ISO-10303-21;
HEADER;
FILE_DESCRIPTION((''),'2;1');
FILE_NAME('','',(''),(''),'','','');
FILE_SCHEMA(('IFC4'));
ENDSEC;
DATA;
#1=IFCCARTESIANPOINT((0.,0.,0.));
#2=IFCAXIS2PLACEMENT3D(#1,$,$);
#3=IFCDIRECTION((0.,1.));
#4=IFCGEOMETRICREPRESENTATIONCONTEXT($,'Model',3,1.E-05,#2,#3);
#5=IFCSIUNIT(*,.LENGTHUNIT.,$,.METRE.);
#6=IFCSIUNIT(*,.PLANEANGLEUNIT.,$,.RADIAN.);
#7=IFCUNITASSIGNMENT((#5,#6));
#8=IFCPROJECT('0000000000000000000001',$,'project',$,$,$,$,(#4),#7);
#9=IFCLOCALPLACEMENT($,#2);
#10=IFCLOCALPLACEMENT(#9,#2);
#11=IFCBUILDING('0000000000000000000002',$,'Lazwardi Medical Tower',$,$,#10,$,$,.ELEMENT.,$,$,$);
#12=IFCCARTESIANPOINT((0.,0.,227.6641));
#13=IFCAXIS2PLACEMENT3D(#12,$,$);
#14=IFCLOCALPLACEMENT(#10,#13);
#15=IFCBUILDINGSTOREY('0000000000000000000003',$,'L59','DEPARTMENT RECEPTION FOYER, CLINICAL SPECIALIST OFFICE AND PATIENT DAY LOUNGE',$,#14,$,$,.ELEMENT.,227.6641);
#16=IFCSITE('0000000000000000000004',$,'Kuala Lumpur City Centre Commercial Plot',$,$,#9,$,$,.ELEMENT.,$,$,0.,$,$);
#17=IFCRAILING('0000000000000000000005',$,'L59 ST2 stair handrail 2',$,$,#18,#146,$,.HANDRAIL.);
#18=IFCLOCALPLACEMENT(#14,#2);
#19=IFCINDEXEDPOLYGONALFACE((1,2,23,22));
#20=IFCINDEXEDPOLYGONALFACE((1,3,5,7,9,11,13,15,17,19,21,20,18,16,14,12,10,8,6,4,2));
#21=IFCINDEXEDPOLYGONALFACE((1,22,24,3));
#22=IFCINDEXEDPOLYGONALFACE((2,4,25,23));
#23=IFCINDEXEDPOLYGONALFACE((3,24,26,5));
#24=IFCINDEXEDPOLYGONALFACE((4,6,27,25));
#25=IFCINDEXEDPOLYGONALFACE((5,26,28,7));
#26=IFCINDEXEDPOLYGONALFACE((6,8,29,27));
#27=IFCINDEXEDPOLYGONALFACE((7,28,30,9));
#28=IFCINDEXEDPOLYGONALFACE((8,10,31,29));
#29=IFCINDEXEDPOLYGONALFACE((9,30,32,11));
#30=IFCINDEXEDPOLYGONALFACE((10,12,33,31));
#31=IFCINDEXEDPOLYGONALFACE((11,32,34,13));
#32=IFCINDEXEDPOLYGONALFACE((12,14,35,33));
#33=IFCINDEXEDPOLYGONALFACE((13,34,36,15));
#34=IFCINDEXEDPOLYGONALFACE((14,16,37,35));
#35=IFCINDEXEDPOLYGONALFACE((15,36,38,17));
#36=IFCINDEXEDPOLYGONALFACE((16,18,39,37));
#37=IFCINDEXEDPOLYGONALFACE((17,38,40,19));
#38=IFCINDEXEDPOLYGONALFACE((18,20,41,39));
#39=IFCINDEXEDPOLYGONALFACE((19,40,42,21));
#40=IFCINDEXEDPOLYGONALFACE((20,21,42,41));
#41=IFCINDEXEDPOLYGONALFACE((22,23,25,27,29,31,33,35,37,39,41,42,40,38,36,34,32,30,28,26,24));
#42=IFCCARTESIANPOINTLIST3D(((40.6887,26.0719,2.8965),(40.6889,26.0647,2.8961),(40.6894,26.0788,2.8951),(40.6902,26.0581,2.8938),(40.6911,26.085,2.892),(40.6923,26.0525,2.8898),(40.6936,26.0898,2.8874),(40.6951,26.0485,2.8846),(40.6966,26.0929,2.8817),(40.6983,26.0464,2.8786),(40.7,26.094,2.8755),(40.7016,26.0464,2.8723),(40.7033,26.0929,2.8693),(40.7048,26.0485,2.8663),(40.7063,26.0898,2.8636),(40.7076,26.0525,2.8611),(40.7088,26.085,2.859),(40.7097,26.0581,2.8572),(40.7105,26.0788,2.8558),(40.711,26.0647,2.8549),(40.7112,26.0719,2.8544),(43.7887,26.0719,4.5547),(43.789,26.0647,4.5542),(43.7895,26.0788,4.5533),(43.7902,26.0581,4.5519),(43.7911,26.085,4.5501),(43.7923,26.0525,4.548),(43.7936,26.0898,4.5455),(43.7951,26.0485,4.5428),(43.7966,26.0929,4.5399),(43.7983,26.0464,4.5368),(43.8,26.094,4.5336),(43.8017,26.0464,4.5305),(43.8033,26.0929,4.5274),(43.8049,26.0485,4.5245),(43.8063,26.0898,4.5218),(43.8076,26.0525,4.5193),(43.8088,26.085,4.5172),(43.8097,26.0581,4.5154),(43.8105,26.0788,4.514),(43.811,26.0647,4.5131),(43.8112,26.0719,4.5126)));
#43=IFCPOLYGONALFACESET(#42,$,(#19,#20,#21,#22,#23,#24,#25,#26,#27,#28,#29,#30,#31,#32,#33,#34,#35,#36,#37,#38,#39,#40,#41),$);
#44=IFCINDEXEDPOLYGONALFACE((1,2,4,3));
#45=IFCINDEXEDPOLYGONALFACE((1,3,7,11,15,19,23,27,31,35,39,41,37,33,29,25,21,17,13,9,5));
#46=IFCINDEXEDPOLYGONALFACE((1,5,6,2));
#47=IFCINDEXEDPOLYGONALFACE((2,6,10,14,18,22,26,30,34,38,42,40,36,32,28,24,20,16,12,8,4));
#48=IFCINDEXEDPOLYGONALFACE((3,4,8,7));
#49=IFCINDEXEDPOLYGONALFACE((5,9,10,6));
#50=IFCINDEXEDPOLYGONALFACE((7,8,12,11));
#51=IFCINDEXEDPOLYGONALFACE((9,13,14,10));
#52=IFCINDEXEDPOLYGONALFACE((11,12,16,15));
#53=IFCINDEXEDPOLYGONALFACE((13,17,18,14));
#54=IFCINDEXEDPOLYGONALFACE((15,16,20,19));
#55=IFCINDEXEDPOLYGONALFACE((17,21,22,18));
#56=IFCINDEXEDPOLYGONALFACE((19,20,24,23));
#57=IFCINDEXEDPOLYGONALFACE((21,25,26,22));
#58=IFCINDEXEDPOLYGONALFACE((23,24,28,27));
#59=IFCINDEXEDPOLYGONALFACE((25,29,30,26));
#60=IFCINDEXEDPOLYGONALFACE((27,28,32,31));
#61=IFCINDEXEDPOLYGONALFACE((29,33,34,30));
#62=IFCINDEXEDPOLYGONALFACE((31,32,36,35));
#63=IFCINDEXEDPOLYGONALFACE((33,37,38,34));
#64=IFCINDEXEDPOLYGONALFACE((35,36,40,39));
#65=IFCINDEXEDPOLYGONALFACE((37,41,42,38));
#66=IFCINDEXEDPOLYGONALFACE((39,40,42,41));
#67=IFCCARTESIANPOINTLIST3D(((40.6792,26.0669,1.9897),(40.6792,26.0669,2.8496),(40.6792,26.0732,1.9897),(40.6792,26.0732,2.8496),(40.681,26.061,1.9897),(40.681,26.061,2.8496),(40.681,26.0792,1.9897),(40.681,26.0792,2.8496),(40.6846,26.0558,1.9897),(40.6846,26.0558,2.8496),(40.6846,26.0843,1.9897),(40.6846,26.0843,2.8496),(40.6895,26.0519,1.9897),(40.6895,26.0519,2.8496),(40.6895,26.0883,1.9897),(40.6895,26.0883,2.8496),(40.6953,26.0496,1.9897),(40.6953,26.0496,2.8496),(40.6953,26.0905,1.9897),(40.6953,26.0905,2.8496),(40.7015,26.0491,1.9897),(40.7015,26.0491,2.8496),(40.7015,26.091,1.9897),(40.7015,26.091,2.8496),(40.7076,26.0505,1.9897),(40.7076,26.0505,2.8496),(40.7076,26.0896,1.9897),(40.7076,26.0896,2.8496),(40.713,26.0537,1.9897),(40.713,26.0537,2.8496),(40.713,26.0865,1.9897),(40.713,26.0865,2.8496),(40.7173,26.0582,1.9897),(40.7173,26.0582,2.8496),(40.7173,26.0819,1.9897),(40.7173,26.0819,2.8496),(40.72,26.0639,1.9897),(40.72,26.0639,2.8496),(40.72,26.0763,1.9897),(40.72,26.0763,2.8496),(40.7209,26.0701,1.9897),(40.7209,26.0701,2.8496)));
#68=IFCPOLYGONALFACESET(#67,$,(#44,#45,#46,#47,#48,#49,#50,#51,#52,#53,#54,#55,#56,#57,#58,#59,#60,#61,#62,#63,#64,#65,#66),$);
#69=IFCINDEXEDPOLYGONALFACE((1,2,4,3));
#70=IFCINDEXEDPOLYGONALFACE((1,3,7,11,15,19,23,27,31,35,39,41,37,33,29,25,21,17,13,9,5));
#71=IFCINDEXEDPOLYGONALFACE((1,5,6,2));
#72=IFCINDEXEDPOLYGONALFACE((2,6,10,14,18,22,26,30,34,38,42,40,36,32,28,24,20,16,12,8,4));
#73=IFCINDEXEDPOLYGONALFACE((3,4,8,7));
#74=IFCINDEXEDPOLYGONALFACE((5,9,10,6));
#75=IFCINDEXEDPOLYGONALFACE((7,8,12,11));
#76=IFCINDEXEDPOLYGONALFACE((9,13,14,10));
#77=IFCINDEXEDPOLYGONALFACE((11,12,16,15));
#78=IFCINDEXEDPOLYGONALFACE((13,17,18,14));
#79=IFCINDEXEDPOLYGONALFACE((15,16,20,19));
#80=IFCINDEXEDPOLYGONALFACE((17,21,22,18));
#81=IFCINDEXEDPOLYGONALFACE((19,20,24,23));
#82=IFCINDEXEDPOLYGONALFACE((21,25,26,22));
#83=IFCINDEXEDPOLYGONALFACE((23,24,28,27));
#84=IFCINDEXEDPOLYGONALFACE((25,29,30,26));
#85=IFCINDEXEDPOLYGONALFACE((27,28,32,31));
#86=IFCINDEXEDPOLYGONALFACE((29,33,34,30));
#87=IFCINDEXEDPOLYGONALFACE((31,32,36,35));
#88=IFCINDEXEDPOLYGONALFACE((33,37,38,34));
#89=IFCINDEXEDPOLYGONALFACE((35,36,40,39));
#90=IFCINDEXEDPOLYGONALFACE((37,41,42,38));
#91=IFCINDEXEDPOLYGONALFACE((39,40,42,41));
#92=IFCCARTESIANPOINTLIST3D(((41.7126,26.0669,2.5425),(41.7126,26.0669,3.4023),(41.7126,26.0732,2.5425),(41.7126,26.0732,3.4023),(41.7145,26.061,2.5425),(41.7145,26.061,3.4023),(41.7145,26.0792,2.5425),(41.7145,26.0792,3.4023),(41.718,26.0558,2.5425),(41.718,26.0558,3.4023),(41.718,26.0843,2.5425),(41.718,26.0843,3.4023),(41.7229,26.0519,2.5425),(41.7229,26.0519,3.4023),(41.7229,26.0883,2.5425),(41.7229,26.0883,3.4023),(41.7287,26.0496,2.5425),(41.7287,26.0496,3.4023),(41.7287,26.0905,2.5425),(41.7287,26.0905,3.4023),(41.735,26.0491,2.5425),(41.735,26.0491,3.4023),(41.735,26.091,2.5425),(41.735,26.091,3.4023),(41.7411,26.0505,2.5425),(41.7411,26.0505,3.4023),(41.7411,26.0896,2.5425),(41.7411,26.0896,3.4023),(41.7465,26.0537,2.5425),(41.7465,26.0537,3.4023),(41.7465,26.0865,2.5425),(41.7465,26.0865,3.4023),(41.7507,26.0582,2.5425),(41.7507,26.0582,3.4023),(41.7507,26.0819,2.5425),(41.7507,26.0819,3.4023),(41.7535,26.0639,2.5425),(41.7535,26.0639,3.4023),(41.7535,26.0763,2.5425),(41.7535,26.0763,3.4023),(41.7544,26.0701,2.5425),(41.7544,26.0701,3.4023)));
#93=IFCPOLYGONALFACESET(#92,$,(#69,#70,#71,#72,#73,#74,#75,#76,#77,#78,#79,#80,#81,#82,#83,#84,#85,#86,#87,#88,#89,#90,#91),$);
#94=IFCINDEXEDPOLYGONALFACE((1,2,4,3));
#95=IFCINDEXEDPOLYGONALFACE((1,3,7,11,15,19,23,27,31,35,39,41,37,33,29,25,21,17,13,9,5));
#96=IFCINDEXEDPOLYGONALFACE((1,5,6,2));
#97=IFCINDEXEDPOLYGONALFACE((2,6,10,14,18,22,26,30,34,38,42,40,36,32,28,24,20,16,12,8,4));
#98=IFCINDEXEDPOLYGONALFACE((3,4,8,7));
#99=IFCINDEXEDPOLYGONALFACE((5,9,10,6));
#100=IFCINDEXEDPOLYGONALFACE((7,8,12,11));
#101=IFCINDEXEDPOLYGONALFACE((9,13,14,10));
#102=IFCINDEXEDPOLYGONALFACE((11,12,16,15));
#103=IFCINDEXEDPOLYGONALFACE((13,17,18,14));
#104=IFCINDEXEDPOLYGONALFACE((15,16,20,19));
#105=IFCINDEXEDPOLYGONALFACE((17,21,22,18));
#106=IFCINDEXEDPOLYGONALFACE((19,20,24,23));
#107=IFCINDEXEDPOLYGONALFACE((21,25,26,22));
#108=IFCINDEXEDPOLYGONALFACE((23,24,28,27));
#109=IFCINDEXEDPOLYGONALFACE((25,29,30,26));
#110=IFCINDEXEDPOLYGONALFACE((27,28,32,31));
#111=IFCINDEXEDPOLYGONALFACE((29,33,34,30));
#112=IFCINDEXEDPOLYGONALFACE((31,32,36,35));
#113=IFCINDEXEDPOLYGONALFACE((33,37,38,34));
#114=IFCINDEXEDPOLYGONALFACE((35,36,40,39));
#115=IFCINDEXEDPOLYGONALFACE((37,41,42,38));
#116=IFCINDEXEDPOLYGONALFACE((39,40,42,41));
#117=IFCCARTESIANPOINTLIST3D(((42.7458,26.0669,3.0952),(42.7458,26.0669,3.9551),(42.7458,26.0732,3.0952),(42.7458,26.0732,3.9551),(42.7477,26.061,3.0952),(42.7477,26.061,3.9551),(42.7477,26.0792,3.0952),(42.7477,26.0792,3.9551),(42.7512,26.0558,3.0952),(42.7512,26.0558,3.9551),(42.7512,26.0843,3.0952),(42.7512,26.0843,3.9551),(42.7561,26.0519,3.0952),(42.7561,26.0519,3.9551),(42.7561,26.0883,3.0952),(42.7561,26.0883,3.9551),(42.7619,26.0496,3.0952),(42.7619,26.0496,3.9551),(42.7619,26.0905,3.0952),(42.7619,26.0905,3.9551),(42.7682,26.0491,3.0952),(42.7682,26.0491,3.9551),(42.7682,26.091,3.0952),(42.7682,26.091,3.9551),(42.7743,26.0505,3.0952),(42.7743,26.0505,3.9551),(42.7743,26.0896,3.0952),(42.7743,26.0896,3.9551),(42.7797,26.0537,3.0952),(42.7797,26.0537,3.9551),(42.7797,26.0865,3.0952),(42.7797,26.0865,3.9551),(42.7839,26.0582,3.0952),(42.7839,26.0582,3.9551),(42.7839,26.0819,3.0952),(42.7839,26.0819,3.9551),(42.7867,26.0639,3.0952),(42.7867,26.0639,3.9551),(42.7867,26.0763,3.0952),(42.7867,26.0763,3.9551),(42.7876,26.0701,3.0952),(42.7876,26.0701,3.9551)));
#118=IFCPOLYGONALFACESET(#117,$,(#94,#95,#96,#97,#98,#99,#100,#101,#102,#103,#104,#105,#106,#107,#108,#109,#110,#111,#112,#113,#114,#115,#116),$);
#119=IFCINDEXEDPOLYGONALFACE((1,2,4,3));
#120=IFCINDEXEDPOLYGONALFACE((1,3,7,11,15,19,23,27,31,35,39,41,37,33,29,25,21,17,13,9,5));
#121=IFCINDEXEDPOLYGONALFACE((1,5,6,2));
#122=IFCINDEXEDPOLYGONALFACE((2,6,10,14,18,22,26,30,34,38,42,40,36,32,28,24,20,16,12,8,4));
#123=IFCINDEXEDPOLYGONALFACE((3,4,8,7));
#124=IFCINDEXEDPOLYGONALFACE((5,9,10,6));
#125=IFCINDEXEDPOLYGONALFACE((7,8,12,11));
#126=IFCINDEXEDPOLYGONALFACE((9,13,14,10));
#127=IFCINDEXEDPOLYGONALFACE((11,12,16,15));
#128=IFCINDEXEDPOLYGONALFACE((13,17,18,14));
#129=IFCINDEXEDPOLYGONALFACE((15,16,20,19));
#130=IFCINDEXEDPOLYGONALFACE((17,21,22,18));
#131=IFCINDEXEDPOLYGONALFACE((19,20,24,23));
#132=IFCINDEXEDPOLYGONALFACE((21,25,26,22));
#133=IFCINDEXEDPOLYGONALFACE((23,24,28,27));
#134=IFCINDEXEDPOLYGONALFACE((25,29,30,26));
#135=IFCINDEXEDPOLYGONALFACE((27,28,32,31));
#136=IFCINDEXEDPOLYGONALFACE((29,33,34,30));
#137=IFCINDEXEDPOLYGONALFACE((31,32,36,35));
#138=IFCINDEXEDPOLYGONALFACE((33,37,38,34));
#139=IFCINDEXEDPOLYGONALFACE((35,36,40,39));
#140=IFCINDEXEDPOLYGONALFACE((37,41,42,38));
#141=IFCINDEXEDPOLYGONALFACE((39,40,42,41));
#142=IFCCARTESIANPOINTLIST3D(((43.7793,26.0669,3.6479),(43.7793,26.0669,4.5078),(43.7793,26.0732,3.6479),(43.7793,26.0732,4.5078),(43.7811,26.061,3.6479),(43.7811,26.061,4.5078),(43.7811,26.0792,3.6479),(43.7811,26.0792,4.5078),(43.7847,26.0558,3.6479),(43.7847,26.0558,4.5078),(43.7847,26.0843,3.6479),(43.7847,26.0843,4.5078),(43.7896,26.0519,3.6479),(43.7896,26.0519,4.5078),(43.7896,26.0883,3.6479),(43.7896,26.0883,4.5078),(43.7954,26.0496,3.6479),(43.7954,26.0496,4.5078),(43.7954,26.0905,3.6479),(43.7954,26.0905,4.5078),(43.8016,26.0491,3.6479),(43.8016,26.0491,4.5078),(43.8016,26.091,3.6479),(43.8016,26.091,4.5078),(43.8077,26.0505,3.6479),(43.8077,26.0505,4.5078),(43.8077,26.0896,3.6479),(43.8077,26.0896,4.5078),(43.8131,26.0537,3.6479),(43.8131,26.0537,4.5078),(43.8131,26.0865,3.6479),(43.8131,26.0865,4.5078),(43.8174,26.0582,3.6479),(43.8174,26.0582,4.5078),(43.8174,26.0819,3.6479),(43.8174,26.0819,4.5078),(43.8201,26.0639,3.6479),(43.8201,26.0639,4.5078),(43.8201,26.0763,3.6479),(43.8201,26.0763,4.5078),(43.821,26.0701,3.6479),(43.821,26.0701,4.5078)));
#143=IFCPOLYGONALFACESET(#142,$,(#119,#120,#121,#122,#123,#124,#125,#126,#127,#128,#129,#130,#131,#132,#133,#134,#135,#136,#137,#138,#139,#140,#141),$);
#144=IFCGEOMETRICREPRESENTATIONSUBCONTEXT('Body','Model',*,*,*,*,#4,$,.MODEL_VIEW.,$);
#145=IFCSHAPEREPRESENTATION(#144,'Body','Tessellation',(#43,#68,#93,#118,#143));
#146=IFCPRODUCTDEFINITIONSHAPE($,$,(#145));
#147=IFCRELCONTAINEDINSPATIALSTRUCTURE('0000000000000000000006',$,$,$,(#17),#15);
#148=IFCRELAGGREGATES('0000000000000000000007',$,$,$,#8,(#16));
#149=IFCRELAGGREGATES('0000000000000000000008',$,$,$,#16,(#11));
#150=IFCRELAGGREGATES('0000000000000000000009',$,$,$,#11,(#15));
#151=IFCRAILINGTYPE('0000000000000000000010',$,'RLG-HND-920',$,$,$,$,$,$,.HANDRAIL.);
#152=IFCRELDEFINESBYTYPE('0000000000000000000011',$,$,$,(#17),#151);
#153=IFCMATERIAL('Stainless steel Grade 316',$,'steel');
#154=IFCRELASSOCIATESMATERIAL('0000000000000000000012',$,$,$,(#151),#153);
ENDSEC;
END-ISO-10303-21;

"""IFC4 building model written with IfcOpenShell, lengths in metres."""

from ifc_helpers import new_model, si_unit, direction, frame, origin, origin_2d, place, context, subcontext, project, spatial, circle, extrude, material, type_object, element, save


model = new_model("IFC4")

# Units and contexts
model_context = context("Model", 3, precision=1e-05, world=origin(), true_north=direction((0.0, 1.0)))
body_context = subcontext(model_context, "Body", "Model", "MODEL_VIEW")
ifc_project = project(units=[si_unit("LENGTHUNIT", "METRE"), si_unit("PLANEANGLEUNIT", "RADIAN")], contexts=[model_context])

# Site, building, storey
site_placement = place(None, origin())
site = spatial("IfcSite", under=ifc_project, at=site_placement, Name="Kuala Lumpur City Centre Commercial Plot", CompositionType="ELEMENT", RefElevation=0.0)
building_placement = place(site_placement, origin())
building = spatial("IfcBuilding", under=site, at=building_placement, Name="Lazwardi Medical Tower", CompositionType="ELEMENT")
storey_placement = place(building_placement, frame((0.0, 0.0, 227.6641)))
storey = spatial("IfcBuildingStorey", under=building, at=storey_placement, Name="L59", Description="DEPARTMENT RECEPTION FOYER, CLINICAL SPECIALIST OFFICE AND PATIENT DAY LOUNGE", CompositionType="ELEMENT", Elevation=227.6641)

# Railing
ifc_material_1 = material(Name="Stainless steel Grade 316", Category="steel")
railing_type_1 = type_object("IfcRailingType", Name="RLG-HND-920", PredefinedType="HANDRAIL", material=ifc_material_1)
railing_1_placement = place(storey_placement, frame((40.7, 26.0701, 1.9897)))
element("IfcRailing", 1, at=railing_1_placement, inside=storey, type_object=railing_type_1, Name="L59 ST2 stair handrail 2", PredefinedType="HANDRAIL", context=body_context, shape_type="SweptSolid", body=[
    extrude(circle(Radius=0.0239, at=origin_2d()), frame((0.0, 0.0, 0.8857), z_axis=(0.881783, 0.0, 0.471655), x_axis=(0.0, 1.0, 0.0)), (0.0, 0.0, 1.0), 3.5156),
    extrude(circle(Radius=0.021, at=origin_2d()), origin(), (0.0, 0.0, 1.0), 0.8599),
    extrude(circle(Radius=0.021, at=origin_2d()), frame((1.0334, 0.0, 0.5527)), (0.0, 0.0, 1.0), 0.8599),
    extrude(circle(Radius=0.021, at=origin_2d()), frame((2.0667, 0.0, 1.1055)), (0.0, 0.0, 1.0), 0.8599),
    extrude(circle(Radius=0.021, at=origin_2d()), frame((3.1001, 0.0, 1.6582)), (0.0, 0.0, 1.0), 0.8599),
])

save(model, "model.ifc")
